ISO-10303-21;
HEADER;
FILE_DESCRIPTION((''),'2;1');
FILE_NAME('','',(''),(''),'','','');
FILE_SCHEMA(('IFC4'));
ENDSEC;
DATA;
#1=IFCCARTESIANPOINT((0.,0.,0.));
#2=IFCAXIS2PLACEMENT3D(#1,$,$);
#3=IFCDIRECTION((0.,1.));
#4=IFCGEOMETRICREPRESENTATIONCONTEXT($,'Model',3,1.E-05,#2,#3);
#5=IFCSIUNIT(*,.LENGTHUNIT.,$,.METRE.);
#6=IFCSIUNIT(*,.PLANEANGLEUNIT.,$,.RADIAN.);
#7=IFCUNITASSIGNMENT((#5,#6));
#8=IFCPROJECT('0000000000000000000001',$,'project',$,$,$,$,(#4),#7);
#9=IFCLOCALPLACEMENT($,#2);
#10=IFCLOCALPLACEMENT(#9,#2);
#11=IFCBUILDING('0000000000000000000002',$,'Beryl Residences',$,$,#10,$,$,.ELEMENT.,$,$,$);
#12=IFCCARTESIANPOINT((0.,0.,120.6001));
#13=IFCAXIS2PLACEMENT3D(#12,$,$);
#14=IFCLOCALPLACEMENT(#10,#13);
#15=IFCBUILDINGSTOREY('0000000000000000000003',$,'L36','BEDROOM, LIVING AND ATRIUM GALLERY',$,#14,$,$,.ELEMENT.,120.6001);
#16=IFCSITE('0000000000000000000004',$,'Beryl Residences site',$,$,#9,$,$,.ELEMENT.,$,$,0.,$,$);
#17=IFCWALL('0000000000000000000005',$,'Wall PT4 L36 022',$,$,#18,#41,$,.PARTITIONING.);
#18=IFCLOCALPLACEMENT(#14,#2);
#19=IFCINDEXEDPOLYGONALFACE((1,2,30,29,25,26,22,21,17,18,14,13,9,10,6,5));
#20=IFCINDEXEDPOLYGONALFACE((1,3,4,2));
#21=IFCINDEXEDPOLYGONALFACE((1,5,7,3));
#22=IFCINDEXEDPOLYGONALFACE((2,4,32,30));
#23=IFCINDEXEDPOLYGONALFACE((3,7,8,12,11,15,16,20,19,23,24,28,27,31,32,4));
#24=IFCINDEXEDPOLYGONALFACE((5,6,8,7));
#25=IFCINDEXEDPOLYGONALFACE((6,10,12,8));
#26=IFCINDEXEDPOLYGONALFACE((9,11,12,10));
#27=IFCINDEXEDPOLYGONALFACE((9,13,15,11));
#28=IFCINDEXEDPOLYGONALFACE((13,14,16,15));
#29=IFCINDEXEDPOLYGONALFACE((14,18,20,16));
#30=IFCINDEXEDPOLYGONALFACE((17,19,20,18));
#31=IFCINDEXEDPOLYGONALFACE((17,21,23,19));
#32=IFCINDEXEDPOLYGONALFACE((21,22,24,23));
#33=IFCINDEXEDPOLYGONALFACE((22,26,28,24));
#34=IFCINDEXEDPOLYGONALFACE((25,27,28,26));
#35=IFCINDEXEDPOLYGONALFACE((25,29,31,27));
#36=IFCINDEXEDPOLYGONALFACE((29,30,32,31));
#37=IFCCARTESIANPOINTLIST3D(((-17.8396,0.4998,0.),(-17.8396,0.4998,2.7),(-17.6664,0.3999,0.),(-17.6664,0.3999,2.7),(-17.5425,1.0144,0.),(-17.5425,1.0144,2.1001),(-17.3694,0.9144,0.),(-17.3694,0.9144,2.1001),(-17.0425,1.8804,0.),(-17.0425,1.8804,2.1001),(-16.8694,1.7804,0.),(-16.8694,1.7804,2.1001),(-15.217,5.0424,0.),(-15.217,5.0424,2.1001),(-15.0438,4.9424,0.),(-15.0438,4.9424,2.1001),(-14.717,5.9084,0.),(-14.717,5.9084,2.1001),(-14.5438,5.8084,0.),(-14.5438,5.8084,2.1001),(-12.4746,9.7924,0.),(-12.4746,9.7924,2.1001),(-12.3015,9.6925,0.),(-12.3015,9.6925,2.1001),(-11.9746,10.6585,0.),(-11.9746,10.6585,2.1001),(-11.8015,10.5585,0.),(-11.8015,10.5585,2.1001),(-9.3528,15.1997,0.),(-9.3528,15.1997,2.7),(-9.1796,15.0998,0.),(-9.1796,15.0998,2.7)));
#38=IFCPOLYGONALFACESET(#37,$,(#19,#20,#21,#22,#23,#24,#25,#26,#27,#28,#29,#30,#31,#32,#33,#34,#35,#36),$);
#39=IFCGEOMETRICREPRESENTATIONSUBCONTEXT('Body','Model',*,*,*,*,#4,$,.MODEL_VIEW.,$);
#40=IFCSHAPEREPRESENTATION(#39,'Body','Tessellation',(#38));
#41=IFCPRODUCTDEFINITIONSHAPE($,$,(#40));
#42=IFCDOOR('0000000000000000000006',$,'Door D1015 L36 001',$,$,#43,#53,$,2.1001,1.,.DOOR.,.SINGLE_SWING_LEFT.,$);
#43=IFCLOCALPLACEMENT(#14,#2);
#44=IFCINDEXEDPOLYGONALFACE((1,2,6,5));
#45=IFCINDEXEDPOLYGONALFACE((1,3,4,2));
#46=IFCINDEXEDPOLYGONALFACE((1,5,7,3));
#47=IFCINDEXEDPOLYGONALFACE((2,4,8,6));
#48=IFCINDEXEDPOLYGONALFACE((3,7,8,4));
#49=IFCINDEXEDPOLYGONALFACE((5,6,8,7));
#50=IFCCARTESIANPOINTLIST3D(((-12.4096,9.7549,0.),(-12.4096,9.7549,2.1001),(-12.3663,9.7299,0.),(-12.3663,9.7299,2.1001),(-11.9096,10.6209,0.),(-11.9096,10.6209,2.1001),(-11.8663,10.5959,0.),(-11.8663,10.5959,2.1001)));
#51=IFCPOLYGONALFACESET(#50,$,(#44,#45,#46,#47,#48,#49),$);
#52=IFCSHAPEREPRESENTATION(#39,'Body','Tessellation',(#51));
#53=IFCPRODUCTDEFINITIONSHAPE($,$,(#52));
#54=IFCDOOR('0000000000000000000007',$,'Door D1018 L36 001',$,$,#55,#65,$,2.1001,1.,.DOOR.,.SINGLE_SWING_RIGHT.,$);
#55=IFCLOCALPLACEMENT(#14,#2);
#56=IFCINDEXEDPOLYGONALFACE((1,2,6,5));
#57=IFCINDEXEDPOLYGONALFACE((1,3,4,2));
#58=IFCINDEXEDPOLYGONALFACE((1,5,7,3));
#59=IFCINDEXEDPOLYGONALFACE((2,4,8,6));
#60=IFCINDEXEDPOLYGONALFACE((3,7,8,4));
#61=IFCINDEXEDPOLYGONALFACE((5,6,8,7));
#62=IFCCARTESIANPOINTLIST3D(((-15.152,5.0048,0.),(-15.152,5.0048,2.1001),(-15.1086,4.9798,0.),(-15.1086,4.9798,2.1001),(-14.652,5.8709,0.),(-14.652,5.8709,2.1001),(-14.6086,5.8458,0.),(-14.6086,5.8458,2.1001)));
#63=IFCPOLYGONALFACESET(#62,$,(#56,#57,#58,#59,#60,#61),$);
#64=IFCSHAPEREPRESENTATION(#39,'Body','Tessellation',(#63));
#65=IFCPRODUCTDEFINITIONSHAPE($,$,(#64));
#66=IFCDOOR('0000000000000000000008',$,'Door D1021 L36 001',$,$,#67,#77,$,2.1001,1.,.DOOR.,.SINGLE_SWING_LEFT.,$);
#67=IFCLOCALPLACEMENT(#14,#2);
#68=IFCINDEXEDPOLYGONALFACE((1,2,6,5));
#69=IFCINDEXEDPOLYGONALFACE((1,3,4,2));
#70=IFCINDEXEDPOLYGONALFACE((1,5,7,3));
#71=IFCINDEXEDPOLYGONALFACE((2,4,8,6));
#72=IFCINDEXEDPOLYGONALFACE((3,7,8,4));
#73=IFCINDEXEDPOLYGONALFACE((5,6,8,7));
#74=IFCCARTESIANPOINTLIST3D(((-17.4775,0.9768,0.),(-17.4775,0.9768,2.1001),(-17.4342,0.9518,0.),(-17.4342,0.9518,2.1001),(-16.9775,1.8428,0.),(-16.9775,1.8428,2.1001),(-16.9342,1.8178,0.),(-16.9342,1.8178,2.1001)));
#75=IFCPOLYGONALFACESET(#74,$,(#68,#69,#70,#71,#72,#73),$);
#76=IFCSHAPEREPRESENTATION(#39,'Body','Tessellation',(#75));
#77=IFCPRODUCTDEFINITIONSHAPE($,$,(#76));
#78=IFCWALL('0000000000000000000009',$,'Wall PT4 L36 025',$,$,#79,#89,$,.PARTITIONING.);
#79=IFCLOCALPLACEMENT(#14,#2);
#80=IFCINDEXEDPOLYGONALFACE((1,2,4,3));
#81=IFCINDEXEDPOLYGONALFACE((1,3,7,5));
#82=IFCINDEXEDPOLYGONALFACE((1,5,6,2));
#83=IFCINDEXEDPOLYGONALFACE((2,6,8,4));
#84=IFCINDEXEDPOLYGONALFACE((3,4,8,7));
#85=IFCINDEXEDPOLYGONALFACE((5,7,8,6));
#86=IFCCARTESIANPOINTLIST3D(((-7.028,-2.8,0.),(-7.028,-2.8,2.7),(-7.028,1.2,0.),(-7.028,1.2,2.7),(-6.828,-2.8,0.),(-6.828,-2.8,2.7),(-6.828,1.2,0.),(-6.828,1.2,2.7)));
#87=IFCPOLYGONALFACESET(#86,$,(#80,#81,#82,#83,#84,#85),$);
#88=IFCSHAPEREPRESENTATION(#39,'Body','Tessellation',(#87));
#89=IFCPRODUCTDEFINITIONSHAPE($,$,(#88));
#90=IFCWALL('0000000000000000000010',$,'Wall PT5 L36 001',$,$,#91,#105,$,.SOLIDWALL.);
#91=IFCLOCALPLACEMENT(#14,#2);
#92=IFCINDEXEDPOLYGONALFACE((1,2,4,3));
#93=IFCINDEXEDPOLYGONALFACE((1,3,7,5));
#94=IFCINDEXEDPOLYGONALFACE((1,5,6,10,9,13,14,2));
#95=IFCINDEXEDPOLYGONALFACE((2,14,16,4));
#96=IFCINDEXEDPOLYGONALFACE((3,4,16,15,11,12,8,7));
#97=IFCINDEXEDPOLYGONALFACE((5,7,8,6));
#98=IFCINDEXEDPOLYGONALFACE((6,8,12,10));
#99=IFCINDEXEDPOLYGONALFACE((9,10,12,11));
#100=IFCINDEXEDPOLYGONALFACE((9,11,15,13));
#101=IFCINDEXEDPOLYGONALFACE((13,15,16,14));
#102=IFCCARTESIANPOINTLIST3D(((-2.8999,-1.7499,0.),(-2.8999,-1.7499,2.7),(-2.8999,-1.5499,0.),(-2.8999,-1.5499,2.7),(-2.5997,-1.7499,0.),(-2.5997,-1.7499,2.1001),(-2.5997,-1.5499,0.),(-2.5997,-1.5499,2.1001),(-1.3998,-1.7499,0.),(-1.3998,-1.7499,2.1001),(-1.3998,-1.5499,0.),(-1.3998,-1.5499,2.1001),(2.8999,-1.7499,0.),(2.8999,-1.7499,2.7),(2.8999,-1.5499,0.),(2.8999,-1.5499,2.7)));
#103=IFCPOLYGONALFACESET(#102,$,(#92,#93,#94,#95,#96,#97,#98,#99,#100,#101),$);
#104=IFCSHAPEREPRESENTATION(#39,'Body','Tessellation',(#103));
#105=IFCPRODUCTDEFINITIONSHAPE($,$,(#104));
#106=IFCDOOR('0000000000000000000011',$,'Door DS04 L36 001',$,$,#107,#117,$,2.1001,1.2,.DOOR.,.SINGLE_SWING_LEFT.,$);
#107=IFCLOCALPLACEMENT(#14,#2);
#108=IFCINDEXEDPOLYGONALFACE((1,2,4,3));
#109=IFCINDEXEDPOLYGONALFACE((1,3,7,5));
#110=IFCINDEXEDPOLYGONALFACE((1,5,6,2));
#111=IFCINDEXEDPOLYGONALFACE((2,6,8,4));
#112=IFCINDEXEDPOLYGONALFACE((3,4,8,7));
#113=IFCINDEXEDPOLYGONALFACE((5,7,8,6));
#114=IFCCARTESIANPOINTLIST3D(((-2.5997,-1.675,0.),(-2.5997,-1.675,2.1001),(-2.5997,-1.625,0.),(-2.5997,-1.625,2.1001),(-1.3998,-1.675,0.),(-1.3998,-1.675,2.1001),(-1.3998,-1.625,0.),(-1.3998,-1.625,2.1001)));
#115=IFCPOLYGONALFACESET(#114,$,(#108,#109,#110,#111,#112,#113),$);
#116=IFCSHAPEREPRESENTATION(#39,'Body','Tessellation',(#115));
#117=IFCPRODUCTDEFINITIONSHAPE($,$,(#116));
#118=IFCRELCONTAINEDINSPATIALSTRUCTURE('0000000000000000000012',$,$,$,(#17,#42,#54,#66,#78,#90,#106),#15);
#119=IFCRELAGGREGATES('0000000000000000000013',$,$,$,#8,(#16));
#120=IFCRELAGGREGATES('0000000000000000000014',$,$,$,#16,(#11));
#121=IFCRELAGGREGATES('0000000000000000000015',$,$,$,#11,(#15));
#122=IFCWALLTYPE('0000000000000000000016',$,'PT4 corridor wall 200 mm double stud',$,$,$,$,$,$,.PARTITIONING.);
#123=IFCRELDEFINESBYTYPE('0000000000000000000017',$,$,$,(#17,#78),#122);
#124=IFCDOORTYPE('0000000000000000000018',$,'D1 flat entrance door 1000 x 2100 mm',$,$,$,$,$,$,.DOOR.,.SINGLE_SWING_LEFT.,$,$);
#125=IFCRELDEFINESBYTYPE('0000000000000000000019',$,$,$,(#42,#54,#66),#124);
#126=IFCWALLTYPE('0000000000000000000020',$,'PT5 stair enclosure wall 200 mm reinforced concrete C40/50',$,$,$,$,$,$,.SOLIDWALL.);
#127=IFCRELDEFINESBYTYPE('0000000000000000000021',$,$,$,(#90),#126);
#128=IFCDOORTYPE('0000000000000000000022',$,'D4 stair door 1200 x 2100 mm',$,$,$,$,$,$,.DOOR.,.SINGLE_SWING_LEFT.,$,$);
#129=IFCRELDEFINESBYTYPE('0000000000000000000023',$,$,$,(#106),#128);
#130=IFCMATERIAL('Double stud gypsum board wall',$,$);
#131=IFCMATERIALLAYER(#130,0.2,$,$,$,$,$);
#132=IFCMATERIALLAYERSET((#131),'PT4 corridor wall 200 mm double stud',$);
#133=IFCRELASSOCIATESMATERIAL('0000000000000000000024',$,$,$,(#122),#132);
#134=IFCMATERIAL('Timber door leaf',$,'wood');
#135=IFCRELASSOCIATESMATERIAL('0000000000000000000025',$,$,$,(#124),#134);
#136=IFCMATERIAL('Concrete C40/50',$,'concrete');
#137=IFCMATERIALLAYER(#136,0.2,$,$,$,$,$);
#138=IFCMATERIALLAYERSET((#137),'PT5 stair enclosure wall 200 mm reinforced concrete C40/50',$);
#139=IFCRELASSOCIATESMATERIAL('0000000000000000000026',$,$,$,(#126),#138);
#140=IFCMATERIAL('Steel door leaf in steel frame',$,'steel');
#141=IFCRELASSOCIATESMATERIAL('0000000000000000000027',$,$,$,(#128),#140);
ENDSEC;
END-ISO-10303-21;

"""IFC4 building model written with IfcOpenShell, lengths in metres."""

from ifc_helpers import new_model, si_unit, direction, frame, frame_2d, origin, place, context, subcontext, project, spatial, rectangle, extrude, material, layer, layer_set, type_object, element, fill, save


model = new_model("IFC4")

# Units and contexts
model_context = context("Model", 3, precision=1e-05, world=origin(), true_north=direction((0.0, 1.0)))
body_context = subcontext(model_context, "Body", "Model", "MODEL_VIEW")
ifc_project = project(units=[si_unit("LENGTHUNIT", "METRE"), si_unit("PLANEANGLEUNIT", "RADIAN")], contexts=[model_context])

# Site, building, storey
site_placement = place(None, origin())
site = spatial("IfcSite", under=ifc_project, at=site_placement, Name="Beryl Residences site", CompositionType="ELEMENT", RefElevation=0.0)
building_placement = place(site_placement, origin())
building = spatial("IfcBuilding", under=site, at=building_placement, Name="Beryl Residences", CompositionType="ELEMENT")
storey_placement = place(building_placement, frame((0.0, 0.0, 120.6001)))
storey = spatial("IfcBuildingStorey", under=building, at=storey_placement, Name="L36", Description="BEDROOM, LIVING AND ATRIUM GALLERY", CompositionType="ELEMENT", Elevation=120.6001)

# Shared definitions
ifc_material_1 = material(Name="Double stud gypsum board wall")
ifc_layer_1 = layer(ifc_material_1, 0.2)
ifc_layer_set_1 = layer_set([ifc_layer_1], Name="PT4 corridor wall 200 mm double stud")
wall_type_1 = type_object("IfcWallType", Name="PT4 corridor wall 200 mm double stud", PredefinedType="PARTITIONING", material=ifc_layer_set_1)

# Wall, openings, doors
wall_1_placement = place(storey_placement, frame((-17.7529, 0.45, 0.0), z_axis=(0.0, 0.0, 1.0), x_axis=(0.499991, 0.866031, 0.0)))
wall_1 = element("IfcWall", 1, at=wall_1_placement, inside=storey, type_object=wall_type_1, Name="Wall PT4 L36 022", PredefinedType="PARTITIONING", context=body_context, shape_type="SweptSolid", body=[
    extrude(rectangle(XDim=16.9739, YDim=0.2, at=frame_2d((8.4868, 0.0))), origin(), (0.0, 0.0, 1.0), 2.7),
])
opening_1_placement = place(wall_1_placement, frame((10.73, 0.0, 0.0)))
opening_1 = element("IfcOpeningElement", 2, at=opening_1_placement, cuts=wall_1, PredefinedType="OPENING", context=body_context, shape_type="SweptSolid", body=[
    extrude(rectangle(XDim=1.0, YDim=2.1001, at=frame_2d((0.5, 1.05))), frame((0.0, 0.1099, 0.0), z_axis=(0.0, -1.0, 0.0), x_axis=(1.0, 0.0, 0.0)), (0.0, 0.0, 1.0), 0.22),
])
opening_2_placement = place(wall_1_placement, frame((5.2451, 0.0, 0.0)))
opening_2 = element("IfcOpeningElement", 3, at=opening_2_placement, cuts=wall_1, PredefinedType="OPENING", context=body_context, shape_type="SweptSolid", body=[
    extrude(rectangle(XDim=1.0, YDim=2.1001, at=frame_2d((0.5, 1.05))), frame((0.0, 0.1099, 0.0), z_axis=(0.0, -1.0, 0.0), x_axis=(1.0, 0.0, 0.0)), (0.0, 0.0, 1.0), 0.22),
])
opening_3_placement = place(wall_1_placement, frame((0.594, 0.0, 0.0)))
opening_3 = element("IfcOpeningElement", 4, at=opening_3_placement, cuts=wall_1, PredefinedType="OPENING", context=body_context, shape_type="SweptSolid", body=[
    extrude(rectangle(XDim=1.0, YDim=2.1001, at=frame_2d((0.5, 1.05))), frame((0.0, 0.1099, 0.0), z_axis=(0.0, -1.0, 0.0), x_axis=(1.0, 0.0, 0.0)), (0.0, 0.0, 1.0), 0.22),
])
ifc_material_2 = material(Name="Timber door leaf", Category="wood")
door_type_1 = type_object("IfcDoorType", Name="D1 flat entrance door 1000 x 2100 mm", OperationType="SINGLE_SWING_LEFT", PredefinedType="DOOR", material=ifc_material_2)
door_1_placement = place(opening_1_placement, origin())
door_1 = element("IfcDoor", 5, at=door_1_placement, inside=storey, type_object=door_type_1, Name="Door D1015 L36 001", OperationType="SINGLE_SWING_LEFT", OverallHeight=2.1001, OverallWidth=1.0, PredefinedType="DOOR", context=body_context, shape_type="SweptSolid", body=[
    extrude(rectangle(XDim=1.0, YDim=2.1001, at=frame_2d((0.5, 1.05))), frame((0.0, 0.0249, 0.0), z_axis=(0.0, -1.0, 0.0), x_axis=(1.0, 0.0, 0.0)), (0.0, 0.0, 1.0), 0.05),
])
fill(opening_1, door_1)
door_2_placement = place(opening_2_placement, origin())
door_2 = element("IfcDoor", 6, at=door_2_placement, inside=storey, type_object=door_type_1, Name="Door D1018 L36 001", OperationType="SINGLE_SWING_RIGHT", OverallHeight=2.1001, OverallWidth=1.0, PredefinedType="DOOR", context=body_context, shape_type="SweptSolid", body=[
    extrude(rectangle(XDim=1.0, YDim=2.1001, at=frame_2d((0.5, 1.05))), frame((0.0, 0.0249, 0.0), z_axis=(0.0, -1.0, 0.0), x_axis=(1.0, 0.0, 0.0)), (0.0, 0.0, 1.0), 0.05),
])
fill(opening_2, door_2)
door_3_placement = place(opening_3_placement, origin())
door_3 = element("IfcDoor", 7, at=door_3_placement, inside=storey, type_object=door_type_1, Name="Door D1021 L36 001", OperationType="SINGLE_SWING_LEFT", OverallHeight=2.1001, OverallWidth=1.0, PredefinedType="DOOR", context=body_context, shape_type="SweptSolid", body=[
    extrude(rectangle(XDim=1.0, YDim=2.1001, at=frame_2d((0.5, 1.05))), frame((0.0, 0.0249, 0.0), z_axis=(0.0, -1.0, 0.0), x_axis=(1.0, 0.0, 0.0)), (0.0, 0.0, 1.0), 0.05),
])
fill(opening_3, door_3)

# Wall
wall_2_placement = place(storey_placement, frame((-6.928, -2.8, 0.0), z_axis=(0.0, 0.0, 1.0), x_axis=(0.0, 1.0, 0.0)))
element("IfcWall", 8, at=wall_2_placement, inside=storey, type_object=wall_type_1, Name="Wall PT4 L36 025", PredefinedType="PARTITIONING", context=body_context, shape_type="SweptSolid", body=[
    extrude(rectangle(XDim=4.0, YDim=0.2, at=frame_2d((2.0, 0.0))), origin(), (0.0, 0.0, 1.0), 2.7),
])

# Wall, opening, door
ifc_material_3 = material(Name="Concrete C40/50", Category="concrete")
ifc_layer_2 = layer(ifc_material_3, 0.2)
ifc_layer_set_2 = layer_set([ifc_layer_2], Name="PT5 stair enclosure wall 200 mm reinforced concrete C40/50")
wall_type_2 = type_object("IfcWallType", Name="PT5 stair enclosure wall 200 mm reinforced concrete C40/50", PredefinedType="SOLIDWALL", material=ifc_layer_set_2)
wall_3_placement = place(storey_placement, frame((-2.8999, -1.6499, 0.0), z_axis=(0.0, 0.0, 1.0), x_axis=(1.0, 0.0, 0.0)))
wall_3 = element("IfcWall", 9, at=wall_3_placement, inside=storey, type_object=wall_type_2, Name="Wall PT5 L36 001", PredefinedType="SOLIDWALL", context=body_context, shape_type="SweptSolid", body=[
    extrude(rectangle(XDim=5.7998, YDim=0.2, at=frame_2d((2.8999, 0.0))), origin(), (0.0, 0.0, 1.0), 2.7),
])
opening_4_placement = place(wall_3_placement, frame((0.3, 0.0, 0.0)))
opening_4 = element("IfcOpeningElement", 10, at=opening_4_placement, cuts=wall_3, PredefinedType="OPENING", context=body_context, shape_type="SweptSolid", body=[
    extrude(rectangle(XDim=1.2, YDim=2.1001, at=frame_2d((0.6001, 1.05))), frame((0.0, 0.1099, 0.0), z_axis=(0.0, -1.0, 0.0), x_axis=(1.0, 0.0, 0.0)), (0.0, 0.0, 1.0), 0.22),
])
ifc_material_4 = material(Name="Steel door leaf in steel frame", Category="steel")
door_type_2 = type_object("IfcDoorType", Name="D4 stair door 1200 x 2100 mm", OperationType="SINGLE_SWING_LEFT", PredefinedType="DOOR", material=ifc_material_4)
door_4_placement = place(opening_4_placement, origin())
door_4 = element("IfcDoor", 11, at=door_4_placement, inside=storey, type_object=door_type_2, Name="Door DS04 L36 001", OperationType="SINGLE_SWING_LEFT", OverallHeight=2.1001, OverallWidth=1.2, PredefinedType="DOOR", context=body_context, shape_type="SweptSolid", body=[
    extrude(rectangle(XDim=1.2, YDim=2.1001, at=frame_2d((0.6001, 1.05))), frame((0.0, 0.0249, 0.0), z_axis=(0.0, -1.0, 0.0), x_axis=(1.0, 0.0, 0.0)), (0.0, 0.0, 1.0), 0.05),
])
fill(opening_4, door_4)

save(model, "model.ifc")
